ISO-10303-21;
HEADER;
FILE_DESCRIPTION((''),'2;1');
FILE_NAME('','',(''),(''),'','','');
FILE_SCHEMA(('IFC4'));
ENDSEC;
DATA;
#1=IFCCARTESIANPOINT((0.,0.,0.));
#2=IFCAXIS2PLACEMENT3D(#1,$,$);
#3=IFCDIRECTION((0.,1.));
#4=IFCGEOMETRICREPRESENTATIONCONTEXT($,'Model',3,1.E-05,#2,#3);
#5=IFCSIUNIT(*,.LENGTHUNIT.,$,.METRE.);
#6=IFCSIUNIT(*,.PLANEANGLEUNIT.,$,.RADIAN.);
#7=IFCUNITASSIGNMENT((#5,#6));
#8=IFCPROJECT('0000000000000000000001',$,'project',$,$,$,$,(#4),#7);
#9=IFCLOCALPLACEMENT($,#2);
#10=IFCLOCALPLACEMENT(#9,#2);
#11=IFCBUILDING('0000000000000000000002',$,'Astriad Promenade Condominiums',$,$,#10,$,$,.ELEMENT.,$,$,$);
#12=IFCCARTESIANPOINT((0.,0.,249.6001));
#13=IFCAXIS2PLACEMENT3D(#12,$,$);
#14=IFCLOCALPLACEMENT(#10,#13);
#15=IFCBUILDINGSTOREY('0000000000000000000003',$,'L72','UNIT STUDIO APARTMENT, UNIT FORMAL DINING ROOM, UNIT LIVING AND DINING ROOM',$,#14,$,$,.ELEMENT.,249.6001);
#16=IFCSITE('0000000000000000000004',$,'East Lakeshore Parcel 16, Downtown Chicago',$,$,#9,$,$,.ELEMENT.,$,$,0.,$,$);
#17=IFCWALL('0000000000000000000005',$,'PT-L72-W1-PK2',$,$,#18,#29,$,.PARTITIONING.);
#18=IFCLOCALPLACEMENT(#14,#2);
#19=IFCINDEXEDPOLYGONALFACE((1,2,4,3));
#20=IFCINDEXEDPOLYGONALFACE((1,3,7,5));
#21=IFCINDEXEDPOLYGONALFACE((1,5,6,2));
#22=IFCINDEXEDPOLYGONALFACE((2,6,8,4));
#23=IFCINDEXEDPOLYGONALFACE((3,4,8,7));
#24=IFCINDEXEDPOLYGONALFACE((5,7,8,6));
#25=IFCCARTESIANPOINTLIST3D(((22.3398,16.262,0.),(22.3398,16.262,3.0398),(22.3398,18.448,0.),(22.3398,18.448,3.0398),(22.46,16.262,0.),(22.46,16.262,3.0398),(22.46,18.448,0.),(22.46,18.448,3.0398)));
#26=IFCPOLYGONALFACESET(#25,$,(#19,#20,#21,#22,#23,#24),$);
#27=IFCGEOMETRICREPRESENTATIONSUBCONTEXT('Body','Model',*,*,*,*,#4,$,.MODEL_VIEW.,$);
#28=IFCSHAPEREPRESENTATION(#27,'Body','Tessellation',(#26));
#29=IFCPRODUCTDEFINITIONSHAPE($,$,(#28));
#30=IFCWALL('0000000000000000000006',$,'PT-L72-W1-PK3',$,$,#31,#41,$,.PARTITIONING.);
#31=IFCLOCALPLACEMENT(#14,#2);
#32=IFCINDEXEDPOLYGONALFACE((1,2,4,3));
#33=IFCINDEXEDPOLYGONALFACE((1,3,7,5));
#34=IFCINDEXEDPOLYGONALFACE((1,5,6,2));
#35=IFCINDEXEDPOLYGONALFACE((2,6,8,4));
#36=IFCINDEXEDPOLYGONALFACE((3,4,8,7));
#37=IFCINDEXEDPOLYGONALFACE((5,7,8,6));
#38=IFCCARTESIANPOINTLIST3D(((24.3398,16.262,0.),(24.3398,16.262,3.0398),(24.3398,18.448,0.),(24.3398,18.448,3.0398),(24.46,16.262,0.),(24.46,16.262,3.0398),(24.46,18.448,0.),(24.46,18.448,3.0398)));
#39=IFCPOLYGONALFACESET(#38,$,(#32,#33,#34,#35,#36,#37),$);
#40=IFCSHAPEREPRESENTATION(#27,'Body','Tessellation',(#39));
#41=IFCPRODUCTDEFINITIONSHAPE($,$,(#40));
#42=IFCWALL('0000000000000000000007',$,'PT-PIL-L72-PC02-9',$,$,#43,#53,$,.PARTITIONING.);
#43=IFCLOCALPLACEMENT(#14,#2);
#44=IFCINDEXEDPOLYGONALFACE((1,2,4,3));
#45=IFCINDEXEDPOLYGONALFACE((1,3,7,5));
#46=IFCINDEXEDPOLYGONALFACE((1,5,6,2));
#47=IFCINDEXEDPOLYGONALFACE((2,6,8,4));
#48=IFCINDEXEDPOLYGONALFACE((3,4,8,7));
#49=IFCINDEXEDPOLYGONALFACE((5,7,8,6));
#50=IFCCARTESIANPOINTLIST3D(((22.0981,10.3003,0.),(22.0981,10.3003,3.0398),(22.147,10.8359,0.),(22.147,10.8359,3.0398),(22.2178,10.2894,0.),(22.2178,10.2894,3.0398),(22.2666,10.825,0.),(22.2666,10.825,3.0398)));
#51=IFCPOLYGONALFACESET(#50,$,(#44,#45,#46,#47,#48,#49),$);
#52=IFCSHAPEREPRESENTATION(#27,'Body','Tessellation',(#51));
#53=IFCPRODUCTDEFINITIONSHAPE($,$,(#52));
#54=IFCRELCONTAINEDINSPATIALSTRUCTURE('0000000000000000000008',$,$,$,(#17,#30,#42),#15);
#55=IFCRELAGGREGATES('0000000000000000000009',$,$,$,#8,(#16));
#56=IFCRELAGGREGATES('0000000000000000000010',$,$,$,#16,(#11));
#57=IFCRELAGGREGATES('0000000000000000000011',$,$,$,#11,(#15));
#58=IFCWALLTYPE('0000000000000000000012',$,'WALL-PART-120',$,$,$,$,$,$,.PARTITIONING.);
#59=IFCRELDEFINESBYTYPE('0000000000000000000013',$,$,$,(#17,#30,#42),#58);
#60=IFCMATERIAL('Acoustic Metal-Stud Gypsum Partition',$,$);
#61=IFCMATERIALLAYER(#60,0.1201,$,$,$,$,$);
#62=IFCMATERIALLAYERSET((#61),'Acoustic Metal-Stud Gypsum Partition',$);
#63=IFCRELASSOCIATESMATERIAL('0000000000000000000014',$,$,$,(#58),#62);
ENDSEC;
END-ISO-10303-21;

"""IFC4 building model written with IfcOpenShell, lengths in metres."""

from ifc_helpers import new_model, si_unit, direction, frame, frame_2d, origin, place, context, subcontext, project, spatial, rectangle, extrude, material, layer, layer_set, type_object, element, save


model = new_model("IFC4")

# Units and contexts
model_context = context("Model", 3, precision=1e-05, world=origin(), true_north=direction((0.0, 1.0)))
body_context = subcontext(model_context, "Body", "Model", "MODEL_VIEW")
ifc_project = project(units=[si_unit("LENGTHUNIT", "METRE"), si_unit("PLANEANGLEUNIT", "RADIAN")], contexts=[model_context])

# Site, building, storey
site_placement = place(None, origin())
site = spatial("IfcSite", under=ifc_project, at=site_placement, Name="East Lakeshore Parcel 16, Downtown Chicago", CompositionType="ELEMENT", RefElevation=0.0)
building_placement = place(site_placement, origin())
building = spatial("IfcBuilding", under=site, at=building_placement, Name="Astriad Promenade Condominiums", CompositionType="ELEMENT")
storey_placement = place(building_placement, frame((0.0, 0.0, 249.6001)))
storey = spatial("IfcBuildingStorey", under=building, at=storey_placement, Name="L72", Description="UNIT STUDIO APARTMENT, UNIT FORMAL DINING ROOM, UNIT LIVING AND DINING ROOM", CompositionType="ELEMENT", Elevation=249.6001)

# Walls
ifc_material_1 = material(Name="Acoustic Metal-Stud Gypsum Partition")
ifc_layer_1 = layer(ifc_material_1, 0.1201)
ifc_layer_set_1 = layer_set([ifc_layer_1], Name="Acoustic Metal-Stud Gypsum Partition")
wall_type_1 = type_object("IfcWallType", Name="WALL-PART-120", PredefinedType="PARTITIONING", material=ifc_layer_set_1)
for number, where, z_axis, x_axis, name in (
    (1, (22.3999, 16.262, 0.0), (0.0, 0.0, 1.0), (0.0, 1.0, 0.0), "PT-L72-W1-PK2"),
    (2, (24.3999, 16.262, 0.0), (0.0, 0.0, 1.0), (0.0, 1.0, 0.0), "PT-L72-W1-PK3"),
):
    element("IfcWall", number, at=place(storey_placement, frame(where, z_axis=z_axis, x_axis=x_axis)), inside=storey, type_object=wall_type_1, Name=name, PredefinedType="PARTITIONING", context=body_context, shape_type="SweptSolid", body=[
        extrude(rectangle(XDim=2.186, YDim=0.1201, at=frame_2d((1.093, 0.0))), origin(), (0.0, 0.0, 1.0), 3.0398),
    ])
wall_1_placement = place(storey_placement, frame((22.2068, 10.8306, 0.0), z_axis=(0.0, 0.0, 1.0), x_axis=(-0.090781, -0.995871, 0.0)))
element("IfcWall", 3, at=wall_1_placement, inside=storey, type_object=wall_type_1, Name="PT-PIL-L72-PC02-9", PredefinedType="PARTITIONING", context=body_context, shape_type="SweptSolid", body=[
    extrude(rectangle(XDim=0.5378, YDim=0.1201, at=frame_2d((0.269, 0.0))), origin(), (0.0, 0.0, 1.0), 3.0398),
])

save(model, "model.ifc")
